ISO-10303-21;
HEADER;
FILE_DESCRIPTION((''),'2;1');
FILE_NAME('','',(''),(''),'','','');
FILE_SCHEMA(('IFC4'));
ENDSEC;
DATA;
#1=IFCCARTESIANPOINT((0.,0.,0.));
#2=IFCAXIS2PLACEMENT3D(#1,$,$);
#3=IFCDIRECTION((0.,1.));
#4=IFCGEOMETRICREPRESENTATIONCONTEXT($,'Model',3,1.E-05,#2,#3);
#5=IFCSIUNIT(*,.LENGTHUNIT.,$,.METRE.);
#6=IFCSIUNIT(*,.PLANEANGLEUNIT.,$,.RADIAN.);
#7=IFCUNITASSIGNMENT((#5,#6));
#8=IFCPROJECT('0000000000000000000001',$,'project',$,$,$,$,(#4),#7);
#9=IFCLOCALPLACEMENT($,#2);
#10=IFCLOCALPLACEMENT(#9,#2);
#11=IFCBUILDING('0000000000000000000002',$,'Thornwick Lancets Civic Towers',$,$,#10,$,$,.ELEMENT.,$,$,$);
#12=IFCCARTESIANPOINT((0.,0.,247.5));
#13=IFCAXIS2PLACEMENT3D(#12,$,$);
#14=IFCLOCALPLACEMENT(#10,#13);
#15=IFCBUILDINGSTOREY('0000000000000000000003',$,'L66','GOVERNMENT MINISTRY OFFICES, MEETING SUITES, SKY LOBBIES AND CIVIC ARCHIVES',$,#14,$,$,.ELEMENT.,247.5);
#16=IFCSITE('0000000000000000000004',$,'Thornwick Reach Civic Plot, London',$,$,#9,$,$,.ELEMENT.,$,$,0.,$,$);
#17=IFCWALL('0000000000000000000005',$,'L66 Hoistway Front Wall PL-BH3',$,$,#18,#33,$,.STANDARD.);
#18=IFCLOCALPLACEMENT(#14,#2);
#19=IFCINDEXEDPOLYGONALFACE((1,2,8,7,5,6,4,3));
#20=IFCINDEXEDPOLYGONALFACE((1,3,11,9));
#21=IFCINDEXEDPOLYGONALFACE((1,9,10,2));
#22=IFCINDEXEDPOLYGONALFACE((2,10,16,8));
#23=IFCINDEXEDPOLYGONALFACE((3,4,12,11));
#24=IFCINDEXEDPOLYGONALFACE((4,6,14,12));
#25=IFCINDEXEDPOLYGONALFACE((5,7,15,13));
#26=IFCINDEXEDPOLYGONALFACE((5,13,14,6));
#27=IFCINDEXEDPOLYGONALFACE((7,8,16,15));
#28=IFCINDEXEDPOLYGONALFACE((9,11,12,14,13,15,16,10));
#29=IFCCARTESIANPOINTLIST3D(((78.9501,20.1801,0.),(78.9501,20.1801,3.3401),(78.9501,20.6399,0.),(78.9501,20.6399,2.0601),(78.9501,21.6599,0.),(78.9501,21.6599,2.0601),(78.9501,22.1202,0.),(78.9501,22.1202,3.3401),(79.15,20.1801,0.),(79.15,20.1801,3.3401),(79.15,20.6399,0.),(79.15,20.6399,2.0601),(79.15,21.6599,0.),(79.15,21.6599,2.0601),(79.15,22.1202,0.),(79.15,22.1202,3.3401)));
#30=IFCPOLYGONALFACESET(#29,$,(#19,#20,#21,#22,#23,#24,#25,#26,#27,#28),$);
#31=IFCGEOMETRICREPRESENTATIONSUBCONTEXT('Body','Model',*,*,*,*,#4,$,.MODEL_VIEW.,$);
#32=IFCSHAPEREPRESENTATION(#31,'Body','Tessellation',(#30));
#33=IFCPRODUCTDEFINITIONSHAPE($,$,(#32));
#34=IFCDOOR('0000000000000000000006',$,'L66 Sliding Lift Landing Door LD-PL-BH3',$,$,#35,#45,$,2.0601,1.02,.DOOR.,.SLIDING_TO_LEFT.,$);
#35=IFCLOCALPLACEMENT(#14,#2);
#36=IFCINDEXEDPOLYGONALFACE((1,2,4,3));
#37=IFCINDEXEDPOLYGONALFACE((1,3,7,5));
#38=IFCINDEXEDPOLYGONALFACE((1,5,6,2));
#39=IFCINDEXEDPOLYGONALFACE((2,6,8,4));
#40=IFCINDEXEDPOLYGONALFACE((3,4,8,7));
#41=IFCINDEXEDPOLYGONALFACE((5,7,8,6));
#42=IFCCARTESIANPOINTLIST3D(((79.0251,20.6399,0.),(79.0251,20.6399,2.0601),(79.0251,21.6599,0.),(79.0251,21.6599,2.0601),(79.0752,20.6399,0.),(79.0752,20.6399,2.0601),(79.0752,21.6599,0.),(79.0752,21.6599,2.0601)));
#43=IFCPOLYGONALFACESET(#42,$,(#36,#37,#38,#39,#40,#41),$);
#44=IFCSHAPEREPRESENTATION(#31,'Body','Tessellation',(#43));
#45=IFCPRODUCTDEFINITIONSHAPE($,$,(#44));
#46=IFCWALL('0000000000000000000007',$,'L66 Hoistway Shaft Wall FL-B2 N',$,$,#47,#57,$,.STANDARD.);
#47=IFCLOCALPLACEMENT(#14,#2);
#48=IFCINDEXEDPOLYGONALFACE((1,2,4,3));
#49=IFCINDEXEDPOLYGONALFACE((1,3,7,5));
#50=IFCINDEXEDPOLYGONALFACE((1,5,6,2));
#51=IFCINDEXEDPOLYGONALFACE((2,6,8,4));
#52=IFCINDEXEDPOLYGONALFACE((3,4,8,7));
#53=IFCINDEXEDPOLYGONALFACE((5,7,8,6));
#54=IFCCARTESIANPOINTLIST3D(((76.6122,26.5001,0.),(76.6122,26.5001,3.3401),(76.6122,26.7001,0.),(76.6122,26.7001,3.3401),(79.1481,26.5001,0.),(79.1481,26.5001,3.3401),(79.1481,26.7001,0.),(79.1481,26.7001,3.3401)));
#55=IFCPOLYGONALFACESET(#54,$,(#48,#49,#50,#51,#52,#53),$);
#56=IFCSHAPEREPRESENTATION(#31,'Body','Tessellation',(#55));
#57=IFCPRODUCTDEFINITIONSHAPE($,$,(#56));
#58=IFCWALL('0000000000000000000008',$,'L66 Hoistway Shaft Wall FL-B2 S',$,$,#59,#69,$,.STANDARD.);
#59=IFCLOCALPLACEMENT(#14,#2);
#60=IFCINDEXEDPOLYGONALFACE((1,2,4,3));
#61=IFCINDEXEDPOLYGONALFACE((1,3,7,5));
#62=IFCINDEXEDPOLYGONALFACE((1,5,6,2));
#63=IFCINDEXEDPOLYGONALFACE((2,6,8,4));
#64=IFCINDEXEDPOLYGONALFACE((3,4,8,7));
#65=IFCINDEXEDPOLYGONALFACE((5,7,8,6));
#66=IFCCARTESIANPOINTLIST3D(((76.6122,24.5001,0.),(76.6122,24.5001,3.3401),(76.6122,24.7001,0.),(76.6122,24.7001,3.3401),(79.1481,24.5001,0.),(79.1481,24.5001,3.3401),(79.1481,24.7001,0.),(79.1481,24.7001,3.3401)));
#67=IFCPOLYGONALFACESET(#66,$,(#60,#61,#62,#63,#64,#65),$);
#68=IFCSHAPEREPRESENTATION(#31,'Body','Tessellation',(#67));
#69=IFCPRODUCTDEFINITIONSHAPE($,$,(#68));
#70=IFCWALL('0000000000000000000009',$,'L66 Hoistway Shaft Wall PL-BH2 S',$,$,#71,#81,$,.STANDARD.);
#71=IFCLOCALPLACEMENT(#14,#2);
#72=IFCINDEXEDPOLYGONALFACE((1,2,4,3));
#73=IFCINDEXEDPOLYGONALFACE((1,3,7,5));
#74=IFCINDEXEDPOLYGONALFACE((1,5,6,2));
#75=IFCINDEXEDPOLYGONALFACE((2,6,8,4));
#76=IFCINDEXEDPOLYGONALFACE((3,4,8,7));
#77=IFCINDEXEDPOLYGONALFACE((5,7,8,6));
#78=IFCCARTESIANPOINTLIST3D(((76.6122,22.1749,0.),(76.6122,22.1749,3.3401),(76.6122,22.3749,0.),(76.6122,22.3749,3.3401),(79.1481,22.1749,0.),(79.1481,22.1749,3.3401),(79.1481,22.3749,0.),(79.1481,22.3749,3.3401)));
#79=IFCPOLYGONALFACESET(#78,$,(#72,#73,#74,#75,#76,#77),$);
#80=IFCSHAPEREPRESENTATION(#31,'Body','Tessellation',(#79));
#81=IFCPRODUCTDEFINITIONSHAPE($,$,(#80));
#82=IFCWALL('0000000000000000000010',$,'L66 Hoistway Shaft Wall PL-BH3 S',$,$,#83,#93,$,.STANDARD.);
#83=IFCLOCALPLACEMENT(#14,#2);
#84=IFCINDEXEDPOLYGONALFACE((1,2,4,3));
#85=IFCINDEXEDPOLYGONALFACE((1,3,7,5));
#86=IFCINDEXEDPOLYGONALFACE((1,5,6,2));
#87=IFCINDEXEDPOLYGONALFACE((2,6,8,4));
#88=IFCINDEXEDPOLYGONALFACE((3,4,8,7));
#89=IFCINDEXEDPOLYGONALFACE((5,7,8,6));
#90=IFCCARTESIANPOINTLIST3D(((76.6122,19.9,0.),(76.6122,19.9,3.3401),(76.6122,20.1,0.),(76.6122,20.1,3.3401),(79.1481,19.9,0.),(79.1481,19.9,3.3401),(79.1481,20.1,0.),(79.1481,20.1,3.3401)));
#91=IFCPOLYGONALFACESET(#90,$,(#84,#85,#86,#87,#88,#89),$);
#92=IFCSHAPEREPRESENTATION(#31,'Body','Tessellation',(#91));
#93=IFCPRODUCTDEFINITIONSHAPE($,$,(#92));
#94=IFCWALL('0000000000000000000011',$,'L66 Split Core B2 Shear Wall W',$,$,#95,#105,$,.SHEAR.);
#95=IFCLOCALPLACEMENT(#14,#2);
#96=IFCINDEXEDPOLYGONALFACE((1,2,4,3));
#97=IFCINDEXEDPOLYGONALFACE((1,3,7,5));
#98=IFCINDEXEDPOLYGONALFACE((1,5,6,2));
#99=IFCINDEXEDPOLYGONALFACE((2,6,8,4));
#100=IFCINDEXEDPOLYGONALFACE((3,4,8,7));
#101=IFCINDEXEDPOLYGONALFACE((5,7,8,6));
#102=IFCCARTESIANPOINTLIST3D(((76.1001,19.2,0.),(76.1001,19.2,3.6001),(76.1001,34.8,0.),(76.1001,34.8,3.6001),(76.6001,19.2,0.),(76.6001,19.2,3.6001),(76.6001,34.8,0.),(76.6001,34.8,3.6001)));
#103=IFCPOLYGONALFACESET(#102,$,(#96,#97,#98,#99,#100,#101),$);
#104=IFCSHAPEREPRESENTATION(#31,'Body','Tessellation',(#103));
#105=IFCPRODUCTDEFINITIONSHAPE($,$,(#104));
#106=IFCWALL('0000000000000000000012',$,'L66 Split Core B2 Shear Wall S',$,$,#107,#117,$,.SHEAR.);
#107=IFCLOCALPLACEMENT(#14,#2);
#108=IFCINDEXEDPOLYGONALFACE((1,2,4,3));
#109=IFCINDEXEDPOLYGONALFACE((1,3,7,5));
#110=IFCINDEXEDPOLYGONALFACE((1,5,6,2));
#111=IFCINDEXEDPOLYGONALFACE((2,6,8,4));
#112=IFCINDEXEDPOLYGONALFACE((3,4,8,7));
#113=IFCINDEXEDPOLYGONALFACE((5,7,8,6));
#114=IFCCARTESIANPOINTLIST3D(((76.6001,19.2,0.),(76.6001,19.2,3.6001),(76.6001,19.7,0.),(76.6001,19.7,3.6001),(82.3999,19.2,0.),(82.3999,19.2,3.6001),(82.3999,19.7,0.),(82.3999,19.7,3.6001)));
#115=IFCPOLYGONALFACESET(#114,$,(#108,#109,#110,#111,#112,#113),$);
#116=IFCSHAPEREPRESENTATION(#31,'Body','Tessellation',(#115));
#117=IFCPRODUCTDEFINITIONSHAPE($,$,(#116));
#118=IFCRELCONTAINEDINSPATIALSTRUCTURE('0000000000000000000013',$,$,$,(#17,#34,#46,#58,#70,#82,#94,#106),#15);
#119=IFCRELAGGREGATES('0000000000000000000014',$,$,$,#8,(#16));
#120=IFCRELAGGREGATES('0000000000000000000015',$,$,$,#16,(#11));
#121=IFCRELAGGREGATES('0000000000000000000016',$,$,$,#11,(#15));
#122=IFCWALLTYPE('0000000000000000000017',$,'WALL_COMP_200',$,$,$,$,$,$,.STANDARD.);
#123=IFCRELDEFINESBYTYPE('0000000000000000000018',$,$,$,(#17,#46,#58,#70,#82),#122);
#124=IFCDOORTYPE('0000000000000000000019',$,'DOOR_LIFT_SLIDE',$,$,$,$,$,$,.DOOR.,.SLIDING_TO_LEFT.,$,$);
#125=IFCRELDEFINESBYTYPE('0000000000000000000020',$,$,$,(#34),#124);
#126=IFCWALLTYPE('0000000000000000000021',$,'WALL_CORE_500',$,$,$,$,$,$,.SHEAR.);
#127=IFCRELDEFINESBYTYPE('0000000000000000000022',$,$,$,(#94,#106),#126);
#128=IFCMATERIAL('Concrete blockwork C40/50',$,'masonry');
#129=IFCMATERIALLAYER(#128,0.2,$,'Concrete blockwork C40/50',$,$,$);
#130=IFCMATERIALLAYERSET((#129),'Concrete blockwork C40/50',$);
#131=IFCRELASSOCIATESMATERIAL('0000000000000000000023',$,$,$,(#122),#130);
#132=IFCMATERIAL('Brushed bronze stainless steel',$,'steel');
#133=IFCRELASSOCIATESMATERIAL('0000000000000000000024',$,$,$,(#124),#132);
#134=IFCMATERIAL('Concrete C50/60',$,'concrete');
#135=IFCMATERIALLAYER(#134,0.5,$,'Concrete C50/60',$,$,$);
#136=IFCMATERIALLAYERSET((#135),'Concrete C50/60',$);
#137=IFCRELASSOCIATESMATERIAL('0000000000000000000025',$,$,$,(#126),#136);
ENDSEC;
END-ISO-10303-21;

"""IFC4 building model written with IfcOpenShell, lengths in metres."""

from ifc_helpers import new_model, si_unit, direction, frame, frame_2d, origin, place, context, subcontext, project, spatial, rectangle, extrude, material, layer, layer_set, type_object, element, fill, save


model = new_model("IFC4")

# Units and contexts
model_context = context("Model", 3, precision=1e-05, world=origin(), true_north=direction((0.0, 1.0)))
body_context = subcontext(model_context, "Body", "Model", "MODEL_VIEW")
ifc_project = project(units=[si_unit("LENGTHUNIT", "METRE"), si_unit("PLANEANGLEUNIT", "RADIAN")], contexts=[model_context])

# Site, building, storey
site_placement = place(None, origin())
site = spatial("IfcSite", under=ifc_project, at=site_placement, Name="Thornwick Reach Civic Plot, London", CompositionType="ELEMENT", RefElevation=0.0)
building_placement = place(site_placement, origin())
building = spatial("IfcBuilding", under=site, at=building_placement, Name="Thornwick Lancets Civic Towers", CompositionType="ELEMENT")
storey_placement = place(building_placement, frame((0.0, 0.0, 247.5)))
storey = spatial("IfcBuildingStorey", under=building, at=storey_placement, Name="L66", Description="GOVERNMENT MINISTRY OFFICES, MEETING SUITES, SKY LOBBIES AND CIVIC ARCHIVES", CompositionType="ELEMENT", Elevation=247.5)

# Shared definitions
ifc_material_1 = material(Name="Concrete C50/60", Category="concrete")

# Wall, opening, door
ifc_material_2 = material(Name="Concrete blockwork C40/50", Category="masonry")
ifc_layer_1 = layer(ifc_material_2, 0.2, Name="Concrete blockwork C40/50")
ifc_layer_set_1 = layer_set([ifc_layer_1], Name="Concrete blockwork C40/50")
wall_type_1 = type_object("IfcWallType", Name="WALL_COMP_200", PredefinedType="STANDARD", material=ifc_layer_set_1)
ifc_material_3 = material(Name="Brushed bronze stainless steel", Category="steel")
door_type = type_object("IfcDoorType", Name="DOOR_LIFT_SLIDE", OperationType="SLIDING_TO_LEFT", PredefinedType="DOOR", material=ifc_material_3)
wall_1_placement = place(storey_placement, frame((79.05, 20.1799, 0.0), z_axis=(0.0, 0.0, 1.0), x_axis=(0.0, 1.0, 0.0)))
wall_1 = element("IfcWall", 1, at=wall_1_placement, inside=storey, type_object=wall_type_1, Name="L66 Hoistway Front Wall PL-BH3", PredefinedType="STANDARD", context=body_context, shape_type="SweptSolid", body=[
    extrude(rectangle(XDim=1.9402, YDim=0.2, at=frame_2d((0.9702, 0.0))), origin(), (0.0, 0.0, 1.0), 3.3401),
])
opening_1_placement = place(wall_1_placement, frame((0.46, 0.0, 0.0)))
opening_1 = element("IfcOpeningElement", 2, at=opening_1_placement, cuts=wall_1, PredefinedType="OPENING", context=body_context, shape_type="SweptSolid", body=[
    extrude(rectangle(XDim=1.02, YDim=2.0601, at=frame_2d((0.51, 1.03))), frame((0.0, 0.1099, 0.0), z_axis=(0.0, -1.0, 0.0), x_axis=(1.0, 0.0, 0.0)), (0.0, 0.0, 1.0), 0.22),
])
door_1_placement = place(opening_1_placement, origin())
door_1 = element("IfcDoor", 3, at=door_1_placement, inside=storey, type_object=door_type, Name="L66 Sliding Lift Landing Door LD-PL-BH3", OperationType="SLIDING_TO_LEFT", OverallHeight=2.0601, OverallWidth=1.02, PredefinedType="DOOR", context=body_context, shape_type="SweptSolid", body=[
    extrude(rectangle(XDim=1.02, YDim=2.0601, at=frame_2d((0.51, 1.03))), frame((0.0, 0.0249, 0.0), z_axis=(0.0, -1.0, 0.0), x_axis=(1.0, 0.0, 0.0)), (0.0, 0.0, 1.0), 0.05),
])
fill(opening_1, door_1)

# Walls
for number, where, z_axis, x_axis, name in (
    (4, (76.6121, 26.6001, 0.0), (0.0, 0.0, 1.0), (1.0, 0.0, 0.0), "L66 Hoistway Shaft Wall FL-B2 N"),
    (5, (76.6121, 24.6001, 0.0), (0.0, 0.0, 1.0), (1.0, 0.0, 0.0), "L66 Hoistway Shaft Wall FL-B2 S"),
    (6, (76.6121, 22.2749, 0.0), (0.0, 0.0, 1.0), (1.0, 0.0, 0.0), "L66 Hoistway Shaft Wall PL-BH2 S"),
    (7, (76.6121, 20.0, 0.0), (0.0, 0.0, 1.0), (1.0, 0.0, 0.0), "L66 Hoistway Shaft Wall PL-BH3 S"),
):
    element("IfcWall", number, at=place(storey_placement, frame(where, z_axis=z_axis, x_axis=x_axis)), inside=storey, type_object=wall_type_1, Name=name, PredefinedType="STANDARD", context=body_context, shape_type="SweptSolid", body=[
        extrude(rectangle(XDim=2.5359, YDim=0.2, at=frame_2d((1.2681, 0.0))), origin(), (0.0, 0.0, 1.0), 3.3401),
    ])
ifc_layer_2 = layer(ifc_material_1, 0.5, Name="Concrete C50/60")
ifc_layer_set_2 = layer_set([ifc_layer_2], Name="Concrete C50/60")
wall_type_2 = type_object("IfcWallType", Name="WALL_CORE_500", PredefinedType="SHEAR", material=ifc_layer_set_2)
wall_2_placement = place(storey_placement, frame((76.3501, 19.2, 0.0), z_axis=(0.0, 0.0, 1.0), x_axis=(0.0, 1.0, 0.0)))
element("IfcWall", 8, at=wall_2_placement, inside=storey, type_object=wall_type_2, Name="L66 Split Core B2 Shear Wall W", PredefinedType="SHEAR", context=body_context, shape_type="SweptSolid", body=[
    extrude(rectangle(XDim=15.6001, YDim=0.5, at=frame_2d((7.8, 0.0))), origin(), (0.0, 0.0, 1.0), 3.6001),
])
wall_3_placement = place(storey_placement, frame((76.6001, 19.45, 0.0), z_axis=(0.0, 0.0, 1.0), x_axis=(1.0, 0.0, 0.0)))
element("IfcWall", 9, at=wall_3_placement, inside=storey, type_object=wall_type_2, Name="L66 Split Core B2 Shear Wall S", PredefinedType="SHEAR", context=body_context, shape_type="SweptSolid", body=[
    extrude(rectangle(XDim=5.7998, YDim=0.5, at=frame_2d((2.8999, 0.0))), origin(), (0.0, 0.0, 1.0), 3.6001),
])

save(model, "model.ifc")
